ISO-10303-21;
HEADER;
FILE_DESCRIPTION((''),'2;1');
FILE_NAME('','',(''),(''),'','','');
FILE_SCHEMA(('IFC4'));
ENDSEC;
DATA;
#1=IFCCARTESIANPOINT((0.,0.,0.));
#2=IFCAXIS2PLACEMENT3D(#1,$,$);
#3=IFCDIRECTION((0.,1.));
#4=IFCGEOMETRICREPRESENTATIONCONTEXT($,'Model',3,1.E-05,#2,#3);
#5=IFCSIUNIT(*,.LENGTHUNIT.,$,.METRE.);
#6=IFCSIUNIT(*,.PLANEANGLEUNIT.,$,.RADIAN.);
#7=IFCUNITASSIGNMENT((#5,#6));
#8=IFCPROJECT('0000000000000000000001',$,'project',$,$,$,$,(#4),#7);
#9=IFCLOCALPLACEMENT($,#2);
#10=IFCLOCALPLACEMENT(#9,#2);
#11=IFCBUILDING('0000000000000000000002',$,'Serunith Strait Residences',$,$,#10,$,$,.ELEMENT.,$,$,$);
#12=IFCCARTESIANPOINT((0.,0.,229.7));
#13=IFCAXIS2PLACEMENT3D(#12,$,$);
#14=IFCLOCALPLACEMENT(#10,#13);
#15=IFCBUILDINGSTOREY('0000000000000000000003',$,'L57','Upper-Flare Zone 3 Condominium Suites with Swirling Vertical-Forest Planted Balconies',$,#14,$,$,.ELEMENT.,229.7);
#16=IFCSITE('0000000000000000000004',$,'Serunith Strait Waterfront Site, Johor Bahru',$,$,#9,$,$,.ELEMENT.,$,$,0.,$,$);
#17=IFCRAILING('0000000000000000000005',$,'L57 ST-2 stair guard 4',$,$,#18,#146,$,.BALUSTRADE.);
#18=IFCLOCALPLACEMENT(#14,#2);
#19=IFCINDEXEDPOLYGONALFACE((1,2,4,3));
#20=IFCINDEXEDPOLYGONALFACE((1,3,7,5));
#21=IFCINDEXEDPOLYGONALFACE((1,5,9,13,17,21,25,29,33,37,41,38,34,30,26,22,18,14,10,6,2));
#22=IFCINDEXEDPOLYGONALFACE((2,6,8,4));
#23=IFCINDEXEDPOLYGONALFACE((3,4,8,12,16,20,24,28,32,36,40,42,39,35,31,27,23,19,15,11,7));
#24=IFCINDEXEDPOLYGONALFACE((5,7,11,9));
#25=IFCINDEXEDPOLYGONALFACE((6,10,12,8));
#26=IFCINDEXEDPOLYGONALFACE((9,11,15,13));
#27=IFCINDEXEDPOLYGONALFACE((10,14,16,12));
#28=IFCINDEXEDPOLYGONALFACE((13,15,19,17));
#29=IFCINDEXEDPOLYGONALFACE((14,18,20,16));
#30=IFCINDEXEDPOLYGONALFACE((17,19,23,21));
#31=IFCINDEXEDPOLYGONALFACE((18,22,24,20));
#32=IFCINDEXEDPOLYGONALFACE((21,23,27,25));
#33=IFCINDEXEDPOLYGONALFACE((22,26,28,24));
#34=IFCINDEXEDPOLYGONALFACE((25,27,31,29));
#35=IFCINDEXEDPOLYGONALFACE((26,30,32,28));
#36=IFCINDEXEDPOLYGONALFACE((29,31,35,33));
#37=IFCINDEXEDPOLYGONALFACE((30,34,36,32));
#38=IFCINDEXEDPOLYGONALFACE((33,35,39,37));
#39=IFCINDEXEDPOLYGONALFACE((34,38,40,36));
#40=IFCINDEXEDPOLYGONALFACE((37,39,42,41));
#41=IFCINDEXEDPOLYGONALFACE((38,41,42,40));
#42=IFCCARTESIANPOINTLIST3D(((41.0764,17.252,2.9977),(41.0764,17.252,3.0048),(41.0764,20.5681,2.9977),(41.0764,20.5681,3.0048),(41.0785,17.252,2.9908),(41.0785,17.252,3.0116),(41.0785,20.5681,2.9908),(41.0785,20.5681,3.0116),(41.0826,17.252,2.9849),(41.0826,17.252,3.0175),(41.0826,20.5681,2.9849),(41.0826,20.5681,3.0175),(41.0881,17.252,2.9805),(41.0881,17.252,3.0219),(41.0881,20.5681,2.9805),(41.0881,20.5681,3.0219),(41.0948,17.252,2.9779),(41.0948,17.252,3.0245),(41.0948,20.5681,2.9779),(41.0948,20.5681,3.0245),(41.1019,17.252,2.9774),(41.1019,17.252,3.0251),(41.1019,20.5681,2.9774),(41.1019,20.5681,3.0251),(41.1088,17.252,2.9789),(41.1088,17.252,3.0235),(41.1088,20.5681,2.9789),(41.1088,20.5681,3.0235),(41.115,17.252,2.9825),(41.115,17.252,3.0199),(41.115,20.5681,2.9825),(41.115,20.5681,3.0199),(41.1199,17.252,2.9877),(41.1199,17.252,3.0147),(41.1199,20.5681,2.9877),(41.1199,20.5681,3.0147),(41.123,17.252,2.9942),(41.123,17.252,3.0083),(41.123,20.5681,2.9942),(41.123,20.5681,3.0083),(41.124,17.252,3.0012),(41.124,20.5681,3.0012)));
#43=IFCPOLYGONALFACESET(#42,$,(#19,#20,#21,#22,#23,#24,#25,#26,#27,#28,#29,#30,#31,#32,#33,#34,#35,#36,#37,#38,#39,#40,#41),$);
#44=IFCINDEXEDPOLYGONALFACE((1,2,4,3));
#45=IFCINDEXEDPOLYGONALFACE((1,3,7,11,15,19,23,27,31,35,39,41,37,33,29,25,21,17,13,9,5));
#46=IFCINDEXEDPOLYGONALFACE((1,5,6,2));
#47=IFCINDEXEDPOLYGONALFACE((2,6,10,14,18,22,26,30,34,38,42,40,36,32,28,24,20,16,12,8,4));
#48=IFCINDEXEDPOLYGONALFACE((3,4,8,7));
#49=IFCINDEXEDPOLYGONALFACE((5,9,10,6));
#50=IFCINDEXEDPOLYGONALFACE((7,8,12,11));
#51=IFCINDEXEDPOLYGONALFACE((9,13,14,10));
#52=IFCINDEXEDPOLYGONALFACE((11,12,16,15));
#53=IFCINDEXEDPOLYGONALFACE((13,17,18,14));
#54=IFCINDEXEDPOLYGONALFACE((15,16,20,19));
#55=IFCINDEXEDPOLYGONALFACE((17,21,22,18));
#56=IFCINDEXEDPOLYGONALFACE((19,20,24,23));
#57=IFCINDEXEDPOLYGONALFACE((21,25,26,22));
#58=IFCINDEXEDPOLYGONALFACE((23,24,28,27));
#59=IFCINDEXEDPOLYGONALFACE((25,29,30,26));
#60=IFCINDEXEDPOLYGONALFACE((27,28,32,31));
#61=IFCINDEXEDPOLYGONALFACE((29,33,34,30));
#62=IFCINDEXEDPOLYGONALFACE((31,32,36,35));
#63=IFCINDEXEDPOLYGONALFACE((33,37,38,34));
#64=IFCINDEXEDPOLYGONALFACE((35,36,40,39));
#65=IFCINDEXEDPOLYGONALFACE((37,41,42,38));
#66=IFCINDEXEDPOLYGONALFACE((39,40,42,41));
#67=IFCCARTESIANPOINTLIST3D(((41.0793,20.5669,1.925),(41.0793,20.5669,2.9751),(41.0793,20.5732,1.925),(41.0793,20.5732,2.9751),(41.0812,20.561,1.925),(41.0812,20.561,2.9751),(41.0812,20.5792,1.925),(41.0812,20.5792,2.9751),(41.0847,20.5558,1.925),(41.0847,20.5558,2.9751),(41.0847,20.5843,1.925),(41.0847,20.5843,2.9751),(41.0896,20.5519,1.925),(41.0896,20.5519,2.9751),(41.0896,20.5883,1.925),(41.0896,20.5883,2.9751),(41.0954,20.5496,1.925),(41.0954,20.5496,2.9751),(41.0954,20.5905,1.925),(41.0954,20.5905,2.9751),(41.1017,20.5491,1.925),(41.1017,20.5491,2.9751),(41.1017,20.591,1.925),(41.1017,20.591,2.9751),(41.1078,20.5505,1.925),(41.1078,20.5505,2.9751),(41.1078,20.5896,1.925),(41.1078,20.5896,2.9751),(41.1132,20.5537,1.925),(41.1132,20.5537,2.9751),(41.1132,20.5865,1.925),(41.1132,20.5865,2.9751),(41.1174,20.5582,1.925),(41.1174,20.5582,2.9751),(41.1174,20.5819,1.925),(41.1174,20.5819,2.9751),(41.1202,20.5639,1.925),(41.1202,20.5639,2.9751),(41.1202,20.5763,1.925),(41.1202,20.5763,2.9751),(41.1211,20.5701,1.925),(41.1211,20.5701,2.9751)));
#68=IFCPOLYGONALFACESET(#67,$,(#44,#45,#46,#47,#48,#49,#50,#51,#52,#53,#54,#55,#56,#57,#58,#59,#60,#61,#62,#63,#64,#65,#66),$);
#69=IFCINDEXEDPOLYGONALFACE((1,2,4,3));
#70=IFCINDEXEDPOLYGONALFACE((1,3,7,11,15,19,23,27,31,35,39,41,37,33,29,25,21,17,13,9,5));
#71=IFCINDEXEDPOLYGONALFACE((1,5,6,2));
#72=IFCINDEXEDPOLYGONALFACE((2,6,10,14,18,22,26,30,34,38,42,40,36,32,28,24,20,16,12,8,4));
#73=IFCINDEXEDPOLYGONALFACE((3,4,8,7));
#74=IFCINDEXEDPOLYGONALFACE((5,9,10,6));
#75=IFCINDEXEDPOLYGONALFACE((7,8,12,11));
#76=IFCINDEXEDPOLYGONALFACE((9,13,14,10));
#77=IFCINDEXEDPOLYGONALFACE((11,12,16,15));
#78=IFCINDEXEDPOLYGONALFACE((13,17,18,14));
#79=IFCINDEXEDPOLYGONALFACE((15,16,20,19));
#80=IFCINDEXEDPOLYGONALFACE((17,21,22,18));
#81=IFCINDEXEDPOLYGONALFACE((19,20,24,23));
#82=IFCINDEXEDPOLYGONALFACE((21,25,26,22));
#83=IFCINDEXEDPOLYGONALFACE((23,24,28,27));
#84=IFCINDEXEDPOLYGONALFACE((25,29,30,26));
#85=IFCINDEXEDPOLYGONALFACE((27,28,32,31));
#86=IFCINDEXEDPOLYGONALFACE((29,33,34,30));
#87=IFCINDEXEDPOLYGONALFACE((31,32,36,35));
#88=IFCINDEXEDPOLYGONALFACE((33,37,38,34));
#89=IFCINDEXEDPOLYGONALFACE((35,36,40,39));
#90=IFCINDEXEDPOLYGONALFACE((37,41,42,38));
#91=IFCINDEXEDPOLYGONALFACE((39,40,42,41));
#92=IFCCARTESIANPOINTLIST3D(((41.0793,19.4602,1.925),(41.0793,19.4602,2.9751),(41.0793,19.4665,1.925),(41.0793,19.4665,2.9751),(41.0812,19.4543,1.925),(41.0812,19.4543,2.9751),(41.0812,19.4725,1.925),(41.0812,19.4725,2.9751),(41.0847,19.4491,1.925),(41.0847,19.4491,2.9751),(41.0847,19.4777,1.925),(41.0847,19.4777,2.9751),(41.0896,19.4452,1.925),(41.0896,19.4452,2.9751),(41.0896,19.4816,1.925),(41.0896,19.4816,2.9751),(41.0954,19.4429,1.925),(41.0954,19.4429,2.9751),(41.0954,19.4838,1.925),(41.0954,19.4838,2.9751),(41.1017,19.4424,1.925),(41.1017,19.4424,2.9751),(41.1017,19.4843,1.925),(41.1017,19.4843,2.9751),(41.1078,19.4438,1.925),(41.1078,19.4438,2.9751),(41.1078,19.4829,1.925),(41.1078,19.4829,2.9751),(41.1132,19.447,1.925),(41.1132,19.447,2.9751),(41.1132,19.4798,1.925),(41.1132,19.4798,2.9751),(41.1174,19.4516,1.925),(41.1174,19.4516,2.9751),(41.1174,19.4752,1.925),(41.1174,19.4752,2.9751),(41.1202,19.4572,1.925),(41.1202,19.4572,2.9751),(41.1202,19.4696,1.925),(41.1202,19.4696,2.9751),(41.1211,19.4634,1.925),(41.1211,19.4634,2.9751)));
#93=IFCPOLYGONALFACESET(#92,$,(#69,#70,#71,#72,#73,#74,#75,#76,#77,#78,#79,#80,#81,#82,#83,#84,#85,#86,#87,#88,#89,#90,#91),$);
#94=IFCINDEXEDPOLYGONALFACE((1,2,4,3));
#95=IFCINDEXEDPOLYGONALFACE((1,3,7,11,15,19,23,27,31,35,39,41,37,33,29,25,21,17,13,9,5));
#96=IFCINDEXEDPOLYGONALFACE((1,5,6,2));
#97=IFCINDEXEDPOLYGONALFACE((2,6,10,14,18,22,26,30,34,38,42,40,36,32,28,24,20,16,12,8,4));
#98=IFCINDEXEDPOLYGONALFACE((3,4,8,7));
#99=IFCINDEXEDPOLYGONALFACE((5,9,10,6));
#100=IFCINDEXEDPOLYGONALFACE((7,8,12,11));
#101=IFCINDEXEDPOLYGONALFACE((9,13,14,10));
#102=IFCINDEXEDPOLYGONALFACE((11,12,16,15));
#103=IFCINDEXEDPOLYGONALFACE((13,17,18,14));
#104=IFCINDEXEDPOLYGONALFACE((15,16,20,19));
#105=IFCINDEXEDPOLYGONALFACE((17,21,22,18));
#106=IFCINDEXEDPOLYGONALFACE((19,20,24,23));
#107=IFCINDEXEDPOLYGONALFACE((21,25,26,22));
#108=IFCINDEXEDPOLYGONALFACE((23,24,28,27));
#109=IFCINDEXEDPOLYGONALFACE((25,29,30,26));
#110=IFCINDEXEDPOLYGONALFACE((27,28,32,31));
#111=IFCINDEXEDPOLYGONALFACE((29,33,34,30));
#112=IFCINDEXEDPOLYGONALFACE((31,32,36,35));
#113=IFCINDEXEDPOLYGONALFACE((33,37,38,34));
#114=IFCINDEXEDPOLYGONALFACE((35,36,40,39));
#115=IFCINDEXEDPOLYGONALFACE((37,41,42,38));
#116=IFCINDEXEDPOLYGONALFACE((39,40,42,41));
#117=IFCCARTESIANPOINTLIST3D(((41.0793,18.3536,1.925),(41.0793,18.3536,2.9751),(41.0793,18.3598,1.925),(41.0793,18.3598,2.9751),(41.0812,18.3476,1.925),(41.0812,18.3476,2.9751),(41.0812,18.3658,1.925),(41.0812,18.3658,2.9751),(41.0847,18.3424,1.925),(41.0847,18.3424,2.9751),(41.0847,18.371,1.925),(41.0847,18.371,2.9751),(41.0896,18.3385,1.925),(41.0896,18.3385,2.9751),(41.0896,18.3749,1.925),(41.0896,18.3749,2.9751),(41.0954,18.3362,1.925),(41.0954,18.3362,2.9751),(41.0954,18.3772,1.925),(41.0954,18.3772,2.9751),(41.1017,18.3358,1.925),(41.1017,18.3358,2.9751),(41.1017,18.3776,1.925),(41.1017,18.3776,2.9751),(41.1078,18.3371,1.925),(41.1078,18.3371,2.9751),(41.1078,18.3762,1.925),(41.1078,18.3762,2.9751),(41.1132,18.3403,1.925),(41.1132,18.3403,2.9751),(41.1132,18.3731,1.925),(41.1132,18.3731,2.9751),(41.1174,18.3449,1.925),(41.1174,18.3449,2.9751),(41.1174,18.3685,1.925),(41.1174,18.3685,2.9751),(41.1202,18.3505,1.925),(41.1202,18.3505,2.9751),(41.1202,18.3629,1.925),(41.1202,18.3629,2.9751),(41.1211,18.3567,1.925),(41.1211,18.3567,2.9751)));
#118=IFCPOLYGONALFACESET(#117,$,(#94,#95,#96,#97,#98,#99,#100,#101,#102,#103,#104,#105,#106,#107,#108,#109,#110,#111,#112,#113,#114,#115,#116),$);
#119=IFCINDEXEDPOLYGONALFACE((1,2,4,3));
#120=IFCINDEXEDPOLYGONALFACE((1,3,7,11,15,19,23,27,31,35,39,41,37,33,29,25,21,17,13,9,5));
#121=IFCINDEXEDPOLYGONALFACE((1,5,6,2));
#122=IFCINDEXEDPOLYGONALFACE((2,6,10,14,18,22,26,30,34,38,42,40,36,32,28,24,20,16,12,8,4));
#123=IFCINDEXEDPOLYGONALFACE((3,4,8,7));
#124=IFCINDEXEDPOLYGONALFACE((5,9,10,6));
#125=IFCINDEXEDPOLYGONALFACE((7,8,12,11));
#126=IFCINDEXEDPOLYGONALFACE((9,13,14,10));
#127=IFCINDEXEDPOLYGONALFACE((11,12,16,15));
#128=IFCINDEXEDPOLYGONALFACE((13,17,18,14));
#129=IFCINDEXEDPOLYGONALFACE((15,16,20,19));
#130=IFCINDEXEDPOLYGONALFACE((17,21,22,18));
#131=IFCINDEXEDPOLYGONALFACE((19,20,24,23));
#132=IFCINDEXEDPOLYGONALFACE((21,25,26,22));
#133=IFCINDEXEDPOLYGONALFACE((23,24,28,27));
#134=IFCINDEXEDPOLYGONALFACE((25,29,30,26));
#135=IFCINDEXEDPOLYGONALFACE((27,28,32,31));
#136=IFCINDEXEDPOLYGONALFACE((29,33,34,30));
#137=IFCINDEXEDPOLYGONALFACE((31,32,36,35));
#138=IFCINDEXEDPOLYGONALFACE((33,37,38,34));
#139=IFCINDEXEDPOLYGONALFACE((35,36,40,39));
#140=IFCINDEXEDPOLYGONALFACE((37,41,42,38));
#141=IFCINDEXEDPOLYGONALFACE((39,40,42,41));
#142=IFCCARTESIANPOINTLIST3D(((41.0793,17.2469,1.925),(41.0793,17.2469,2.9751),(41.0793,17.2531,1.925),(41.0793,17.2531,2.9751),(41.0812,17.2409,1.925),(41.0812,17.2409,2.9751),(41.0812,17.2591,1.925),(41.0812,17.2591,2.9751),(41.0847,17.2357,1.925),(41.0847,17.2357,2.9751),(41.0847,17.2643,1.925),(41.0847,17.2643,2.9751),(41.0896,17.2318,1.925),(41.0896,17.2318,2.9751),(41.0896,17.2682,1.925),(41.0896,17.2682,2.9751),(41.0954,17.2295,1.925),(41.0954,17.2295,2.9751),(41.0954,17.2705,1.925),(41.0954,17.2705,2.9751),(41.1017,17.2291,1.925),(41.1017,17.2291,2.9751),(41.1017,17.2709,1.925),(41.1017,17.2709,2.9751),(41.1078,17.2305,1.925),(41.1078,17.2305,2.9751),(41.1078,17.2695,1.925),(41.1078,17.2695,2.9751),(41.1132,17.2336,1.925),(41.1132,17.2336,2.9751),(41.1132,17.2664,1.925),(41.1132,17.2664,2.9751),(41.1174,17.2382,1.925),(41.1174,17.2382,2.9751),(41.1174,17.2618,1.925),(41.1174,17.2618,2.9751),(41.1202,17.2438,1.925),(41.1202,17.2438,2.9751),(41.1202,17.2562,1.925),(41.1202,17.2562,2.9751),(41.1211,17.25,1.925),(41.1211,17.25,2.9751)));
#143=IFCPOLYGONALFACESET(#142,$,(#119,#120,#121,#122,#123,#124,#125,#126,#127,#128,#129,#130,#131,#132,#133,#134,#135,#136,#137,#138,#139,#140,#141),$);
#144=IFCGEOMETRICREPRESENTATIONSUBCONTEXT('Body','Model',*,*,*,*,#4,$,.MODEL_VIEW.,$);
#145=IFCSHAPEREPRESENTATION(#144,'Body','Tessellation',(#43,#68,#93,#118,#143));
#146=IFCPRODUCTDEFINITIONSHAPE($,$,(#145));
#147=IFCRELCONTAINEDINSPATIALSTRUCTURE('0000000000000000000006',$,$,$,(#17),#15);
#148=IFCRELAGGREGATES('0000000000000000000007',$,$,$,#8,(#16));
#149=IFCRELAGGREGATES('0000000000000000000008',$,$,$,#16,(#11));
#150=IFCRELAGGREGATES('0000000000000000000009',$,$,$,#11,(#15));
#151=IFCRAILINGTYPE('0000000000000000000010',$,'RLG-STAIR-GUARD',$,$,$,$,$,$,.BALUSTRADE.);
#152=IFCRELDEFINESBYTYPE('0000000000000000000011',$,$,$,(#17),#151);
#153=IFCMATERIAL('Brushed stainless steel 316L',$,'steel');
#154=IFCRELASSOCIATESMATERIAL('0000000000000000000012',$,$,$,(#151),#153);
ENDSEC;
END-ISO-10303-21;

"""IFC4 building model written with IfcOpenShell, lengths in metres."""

from ifc_helpers import new_model, si_unit, direction, frame, origin, origin_2d, place, context, subcontext, project, spatial, circle, extrude, material, type_object, element, save


model = new_model("IFC4")

# Units and contexts
model_context = context("Model", 3, precision=1e-05, world=origin(), true_north=direction((0.0, 1.0)))
body_context = subcontext(model_context, "Body", "Model", "MODEL_VIEW")
ifc_project = project(units=[si_unit("LENGTHUNIT", "METRE"), si_unit("PLANEANGLEUNIT", "RADIAN")], contexts=[model_context])

# Site, building, storey
site_placement = place(None, origin())
site = spatial("IfcSite", under=ifc_project, at=site_placement, Name="Serunith Strait Waterfront Site, Johor Bahru", CompositionType="ELEMENT", RefElevation=0.0)
building_placement = place(site_placement, origin())
building = spatial("IfcBuilding", under=site, at=building_placement, Name="Serunith Strait Residences", CompositionType="ELEMENT")
storey_placement = place(building_placement, frame((0.0, 0.0, 229.7)))
storey = spatial("IfcBuildingStorey", under=building, at=storey_placement, Name="L57", Description="Upper-Flare Zone 3 Condominium Suites with Swirling Vertical-Forest Planted Balconies", CompositionType="ELEMENT", Elevation=229.7)

# Railing
ifc_material_1 = material(Name="Brushed stainless steel 316L", Category="steel")
railing_type_1 = type_object("IfcRailingType", Name="RLG-STAIR-GUARD", PredefinedType="BALUSTRADE", material=ifc_material_1)
for number, where, name in (
    (1, (41.1001, 20.5701, 1.925), "L57 ST-2 stair guard 4"),
):
    element("IfcRailing", number, at=place(storey_placement, frame(where)), inside=storey, type_object=railing_type_1, Name=name, PredefinedType="BALUSTRADE", context=body_context, shape_type="SweptSolid", body=[
        extrude(circle(Radius=0.0239, at=origin_2d()), frame((0.0, -0.002, 1.0762), z_axis=(0.0, -1.0, 0.0), x_axis=(1.0, 0.0, 0.0)), (0.0, 0.0, 1.0), 3.3162),
        extrude(circle(Radius=0.021, at=origin_2d()), origin(), (0.0, 0.0, 1.0), 1.05),
        extrude(circle(Radius=0.021, at=origin_2d()), frame((0.0, -1.1067, 0.0)), (0.0, 0.0, 1.0), 1.05),
        extrude(circle(Radius=0.021, at=origin_2d()), frame((0.0, -2.2134, 0.0)), (0.0, 0.0, 1.0), 1.05),
        extrude(circle(Radius=0.021, at=origin_2d()), frame((0.0, -3.3201, 0.0)), (0.0, 0.0, 1.0), 1.05),
    ])

save(model, "model.ifc")
